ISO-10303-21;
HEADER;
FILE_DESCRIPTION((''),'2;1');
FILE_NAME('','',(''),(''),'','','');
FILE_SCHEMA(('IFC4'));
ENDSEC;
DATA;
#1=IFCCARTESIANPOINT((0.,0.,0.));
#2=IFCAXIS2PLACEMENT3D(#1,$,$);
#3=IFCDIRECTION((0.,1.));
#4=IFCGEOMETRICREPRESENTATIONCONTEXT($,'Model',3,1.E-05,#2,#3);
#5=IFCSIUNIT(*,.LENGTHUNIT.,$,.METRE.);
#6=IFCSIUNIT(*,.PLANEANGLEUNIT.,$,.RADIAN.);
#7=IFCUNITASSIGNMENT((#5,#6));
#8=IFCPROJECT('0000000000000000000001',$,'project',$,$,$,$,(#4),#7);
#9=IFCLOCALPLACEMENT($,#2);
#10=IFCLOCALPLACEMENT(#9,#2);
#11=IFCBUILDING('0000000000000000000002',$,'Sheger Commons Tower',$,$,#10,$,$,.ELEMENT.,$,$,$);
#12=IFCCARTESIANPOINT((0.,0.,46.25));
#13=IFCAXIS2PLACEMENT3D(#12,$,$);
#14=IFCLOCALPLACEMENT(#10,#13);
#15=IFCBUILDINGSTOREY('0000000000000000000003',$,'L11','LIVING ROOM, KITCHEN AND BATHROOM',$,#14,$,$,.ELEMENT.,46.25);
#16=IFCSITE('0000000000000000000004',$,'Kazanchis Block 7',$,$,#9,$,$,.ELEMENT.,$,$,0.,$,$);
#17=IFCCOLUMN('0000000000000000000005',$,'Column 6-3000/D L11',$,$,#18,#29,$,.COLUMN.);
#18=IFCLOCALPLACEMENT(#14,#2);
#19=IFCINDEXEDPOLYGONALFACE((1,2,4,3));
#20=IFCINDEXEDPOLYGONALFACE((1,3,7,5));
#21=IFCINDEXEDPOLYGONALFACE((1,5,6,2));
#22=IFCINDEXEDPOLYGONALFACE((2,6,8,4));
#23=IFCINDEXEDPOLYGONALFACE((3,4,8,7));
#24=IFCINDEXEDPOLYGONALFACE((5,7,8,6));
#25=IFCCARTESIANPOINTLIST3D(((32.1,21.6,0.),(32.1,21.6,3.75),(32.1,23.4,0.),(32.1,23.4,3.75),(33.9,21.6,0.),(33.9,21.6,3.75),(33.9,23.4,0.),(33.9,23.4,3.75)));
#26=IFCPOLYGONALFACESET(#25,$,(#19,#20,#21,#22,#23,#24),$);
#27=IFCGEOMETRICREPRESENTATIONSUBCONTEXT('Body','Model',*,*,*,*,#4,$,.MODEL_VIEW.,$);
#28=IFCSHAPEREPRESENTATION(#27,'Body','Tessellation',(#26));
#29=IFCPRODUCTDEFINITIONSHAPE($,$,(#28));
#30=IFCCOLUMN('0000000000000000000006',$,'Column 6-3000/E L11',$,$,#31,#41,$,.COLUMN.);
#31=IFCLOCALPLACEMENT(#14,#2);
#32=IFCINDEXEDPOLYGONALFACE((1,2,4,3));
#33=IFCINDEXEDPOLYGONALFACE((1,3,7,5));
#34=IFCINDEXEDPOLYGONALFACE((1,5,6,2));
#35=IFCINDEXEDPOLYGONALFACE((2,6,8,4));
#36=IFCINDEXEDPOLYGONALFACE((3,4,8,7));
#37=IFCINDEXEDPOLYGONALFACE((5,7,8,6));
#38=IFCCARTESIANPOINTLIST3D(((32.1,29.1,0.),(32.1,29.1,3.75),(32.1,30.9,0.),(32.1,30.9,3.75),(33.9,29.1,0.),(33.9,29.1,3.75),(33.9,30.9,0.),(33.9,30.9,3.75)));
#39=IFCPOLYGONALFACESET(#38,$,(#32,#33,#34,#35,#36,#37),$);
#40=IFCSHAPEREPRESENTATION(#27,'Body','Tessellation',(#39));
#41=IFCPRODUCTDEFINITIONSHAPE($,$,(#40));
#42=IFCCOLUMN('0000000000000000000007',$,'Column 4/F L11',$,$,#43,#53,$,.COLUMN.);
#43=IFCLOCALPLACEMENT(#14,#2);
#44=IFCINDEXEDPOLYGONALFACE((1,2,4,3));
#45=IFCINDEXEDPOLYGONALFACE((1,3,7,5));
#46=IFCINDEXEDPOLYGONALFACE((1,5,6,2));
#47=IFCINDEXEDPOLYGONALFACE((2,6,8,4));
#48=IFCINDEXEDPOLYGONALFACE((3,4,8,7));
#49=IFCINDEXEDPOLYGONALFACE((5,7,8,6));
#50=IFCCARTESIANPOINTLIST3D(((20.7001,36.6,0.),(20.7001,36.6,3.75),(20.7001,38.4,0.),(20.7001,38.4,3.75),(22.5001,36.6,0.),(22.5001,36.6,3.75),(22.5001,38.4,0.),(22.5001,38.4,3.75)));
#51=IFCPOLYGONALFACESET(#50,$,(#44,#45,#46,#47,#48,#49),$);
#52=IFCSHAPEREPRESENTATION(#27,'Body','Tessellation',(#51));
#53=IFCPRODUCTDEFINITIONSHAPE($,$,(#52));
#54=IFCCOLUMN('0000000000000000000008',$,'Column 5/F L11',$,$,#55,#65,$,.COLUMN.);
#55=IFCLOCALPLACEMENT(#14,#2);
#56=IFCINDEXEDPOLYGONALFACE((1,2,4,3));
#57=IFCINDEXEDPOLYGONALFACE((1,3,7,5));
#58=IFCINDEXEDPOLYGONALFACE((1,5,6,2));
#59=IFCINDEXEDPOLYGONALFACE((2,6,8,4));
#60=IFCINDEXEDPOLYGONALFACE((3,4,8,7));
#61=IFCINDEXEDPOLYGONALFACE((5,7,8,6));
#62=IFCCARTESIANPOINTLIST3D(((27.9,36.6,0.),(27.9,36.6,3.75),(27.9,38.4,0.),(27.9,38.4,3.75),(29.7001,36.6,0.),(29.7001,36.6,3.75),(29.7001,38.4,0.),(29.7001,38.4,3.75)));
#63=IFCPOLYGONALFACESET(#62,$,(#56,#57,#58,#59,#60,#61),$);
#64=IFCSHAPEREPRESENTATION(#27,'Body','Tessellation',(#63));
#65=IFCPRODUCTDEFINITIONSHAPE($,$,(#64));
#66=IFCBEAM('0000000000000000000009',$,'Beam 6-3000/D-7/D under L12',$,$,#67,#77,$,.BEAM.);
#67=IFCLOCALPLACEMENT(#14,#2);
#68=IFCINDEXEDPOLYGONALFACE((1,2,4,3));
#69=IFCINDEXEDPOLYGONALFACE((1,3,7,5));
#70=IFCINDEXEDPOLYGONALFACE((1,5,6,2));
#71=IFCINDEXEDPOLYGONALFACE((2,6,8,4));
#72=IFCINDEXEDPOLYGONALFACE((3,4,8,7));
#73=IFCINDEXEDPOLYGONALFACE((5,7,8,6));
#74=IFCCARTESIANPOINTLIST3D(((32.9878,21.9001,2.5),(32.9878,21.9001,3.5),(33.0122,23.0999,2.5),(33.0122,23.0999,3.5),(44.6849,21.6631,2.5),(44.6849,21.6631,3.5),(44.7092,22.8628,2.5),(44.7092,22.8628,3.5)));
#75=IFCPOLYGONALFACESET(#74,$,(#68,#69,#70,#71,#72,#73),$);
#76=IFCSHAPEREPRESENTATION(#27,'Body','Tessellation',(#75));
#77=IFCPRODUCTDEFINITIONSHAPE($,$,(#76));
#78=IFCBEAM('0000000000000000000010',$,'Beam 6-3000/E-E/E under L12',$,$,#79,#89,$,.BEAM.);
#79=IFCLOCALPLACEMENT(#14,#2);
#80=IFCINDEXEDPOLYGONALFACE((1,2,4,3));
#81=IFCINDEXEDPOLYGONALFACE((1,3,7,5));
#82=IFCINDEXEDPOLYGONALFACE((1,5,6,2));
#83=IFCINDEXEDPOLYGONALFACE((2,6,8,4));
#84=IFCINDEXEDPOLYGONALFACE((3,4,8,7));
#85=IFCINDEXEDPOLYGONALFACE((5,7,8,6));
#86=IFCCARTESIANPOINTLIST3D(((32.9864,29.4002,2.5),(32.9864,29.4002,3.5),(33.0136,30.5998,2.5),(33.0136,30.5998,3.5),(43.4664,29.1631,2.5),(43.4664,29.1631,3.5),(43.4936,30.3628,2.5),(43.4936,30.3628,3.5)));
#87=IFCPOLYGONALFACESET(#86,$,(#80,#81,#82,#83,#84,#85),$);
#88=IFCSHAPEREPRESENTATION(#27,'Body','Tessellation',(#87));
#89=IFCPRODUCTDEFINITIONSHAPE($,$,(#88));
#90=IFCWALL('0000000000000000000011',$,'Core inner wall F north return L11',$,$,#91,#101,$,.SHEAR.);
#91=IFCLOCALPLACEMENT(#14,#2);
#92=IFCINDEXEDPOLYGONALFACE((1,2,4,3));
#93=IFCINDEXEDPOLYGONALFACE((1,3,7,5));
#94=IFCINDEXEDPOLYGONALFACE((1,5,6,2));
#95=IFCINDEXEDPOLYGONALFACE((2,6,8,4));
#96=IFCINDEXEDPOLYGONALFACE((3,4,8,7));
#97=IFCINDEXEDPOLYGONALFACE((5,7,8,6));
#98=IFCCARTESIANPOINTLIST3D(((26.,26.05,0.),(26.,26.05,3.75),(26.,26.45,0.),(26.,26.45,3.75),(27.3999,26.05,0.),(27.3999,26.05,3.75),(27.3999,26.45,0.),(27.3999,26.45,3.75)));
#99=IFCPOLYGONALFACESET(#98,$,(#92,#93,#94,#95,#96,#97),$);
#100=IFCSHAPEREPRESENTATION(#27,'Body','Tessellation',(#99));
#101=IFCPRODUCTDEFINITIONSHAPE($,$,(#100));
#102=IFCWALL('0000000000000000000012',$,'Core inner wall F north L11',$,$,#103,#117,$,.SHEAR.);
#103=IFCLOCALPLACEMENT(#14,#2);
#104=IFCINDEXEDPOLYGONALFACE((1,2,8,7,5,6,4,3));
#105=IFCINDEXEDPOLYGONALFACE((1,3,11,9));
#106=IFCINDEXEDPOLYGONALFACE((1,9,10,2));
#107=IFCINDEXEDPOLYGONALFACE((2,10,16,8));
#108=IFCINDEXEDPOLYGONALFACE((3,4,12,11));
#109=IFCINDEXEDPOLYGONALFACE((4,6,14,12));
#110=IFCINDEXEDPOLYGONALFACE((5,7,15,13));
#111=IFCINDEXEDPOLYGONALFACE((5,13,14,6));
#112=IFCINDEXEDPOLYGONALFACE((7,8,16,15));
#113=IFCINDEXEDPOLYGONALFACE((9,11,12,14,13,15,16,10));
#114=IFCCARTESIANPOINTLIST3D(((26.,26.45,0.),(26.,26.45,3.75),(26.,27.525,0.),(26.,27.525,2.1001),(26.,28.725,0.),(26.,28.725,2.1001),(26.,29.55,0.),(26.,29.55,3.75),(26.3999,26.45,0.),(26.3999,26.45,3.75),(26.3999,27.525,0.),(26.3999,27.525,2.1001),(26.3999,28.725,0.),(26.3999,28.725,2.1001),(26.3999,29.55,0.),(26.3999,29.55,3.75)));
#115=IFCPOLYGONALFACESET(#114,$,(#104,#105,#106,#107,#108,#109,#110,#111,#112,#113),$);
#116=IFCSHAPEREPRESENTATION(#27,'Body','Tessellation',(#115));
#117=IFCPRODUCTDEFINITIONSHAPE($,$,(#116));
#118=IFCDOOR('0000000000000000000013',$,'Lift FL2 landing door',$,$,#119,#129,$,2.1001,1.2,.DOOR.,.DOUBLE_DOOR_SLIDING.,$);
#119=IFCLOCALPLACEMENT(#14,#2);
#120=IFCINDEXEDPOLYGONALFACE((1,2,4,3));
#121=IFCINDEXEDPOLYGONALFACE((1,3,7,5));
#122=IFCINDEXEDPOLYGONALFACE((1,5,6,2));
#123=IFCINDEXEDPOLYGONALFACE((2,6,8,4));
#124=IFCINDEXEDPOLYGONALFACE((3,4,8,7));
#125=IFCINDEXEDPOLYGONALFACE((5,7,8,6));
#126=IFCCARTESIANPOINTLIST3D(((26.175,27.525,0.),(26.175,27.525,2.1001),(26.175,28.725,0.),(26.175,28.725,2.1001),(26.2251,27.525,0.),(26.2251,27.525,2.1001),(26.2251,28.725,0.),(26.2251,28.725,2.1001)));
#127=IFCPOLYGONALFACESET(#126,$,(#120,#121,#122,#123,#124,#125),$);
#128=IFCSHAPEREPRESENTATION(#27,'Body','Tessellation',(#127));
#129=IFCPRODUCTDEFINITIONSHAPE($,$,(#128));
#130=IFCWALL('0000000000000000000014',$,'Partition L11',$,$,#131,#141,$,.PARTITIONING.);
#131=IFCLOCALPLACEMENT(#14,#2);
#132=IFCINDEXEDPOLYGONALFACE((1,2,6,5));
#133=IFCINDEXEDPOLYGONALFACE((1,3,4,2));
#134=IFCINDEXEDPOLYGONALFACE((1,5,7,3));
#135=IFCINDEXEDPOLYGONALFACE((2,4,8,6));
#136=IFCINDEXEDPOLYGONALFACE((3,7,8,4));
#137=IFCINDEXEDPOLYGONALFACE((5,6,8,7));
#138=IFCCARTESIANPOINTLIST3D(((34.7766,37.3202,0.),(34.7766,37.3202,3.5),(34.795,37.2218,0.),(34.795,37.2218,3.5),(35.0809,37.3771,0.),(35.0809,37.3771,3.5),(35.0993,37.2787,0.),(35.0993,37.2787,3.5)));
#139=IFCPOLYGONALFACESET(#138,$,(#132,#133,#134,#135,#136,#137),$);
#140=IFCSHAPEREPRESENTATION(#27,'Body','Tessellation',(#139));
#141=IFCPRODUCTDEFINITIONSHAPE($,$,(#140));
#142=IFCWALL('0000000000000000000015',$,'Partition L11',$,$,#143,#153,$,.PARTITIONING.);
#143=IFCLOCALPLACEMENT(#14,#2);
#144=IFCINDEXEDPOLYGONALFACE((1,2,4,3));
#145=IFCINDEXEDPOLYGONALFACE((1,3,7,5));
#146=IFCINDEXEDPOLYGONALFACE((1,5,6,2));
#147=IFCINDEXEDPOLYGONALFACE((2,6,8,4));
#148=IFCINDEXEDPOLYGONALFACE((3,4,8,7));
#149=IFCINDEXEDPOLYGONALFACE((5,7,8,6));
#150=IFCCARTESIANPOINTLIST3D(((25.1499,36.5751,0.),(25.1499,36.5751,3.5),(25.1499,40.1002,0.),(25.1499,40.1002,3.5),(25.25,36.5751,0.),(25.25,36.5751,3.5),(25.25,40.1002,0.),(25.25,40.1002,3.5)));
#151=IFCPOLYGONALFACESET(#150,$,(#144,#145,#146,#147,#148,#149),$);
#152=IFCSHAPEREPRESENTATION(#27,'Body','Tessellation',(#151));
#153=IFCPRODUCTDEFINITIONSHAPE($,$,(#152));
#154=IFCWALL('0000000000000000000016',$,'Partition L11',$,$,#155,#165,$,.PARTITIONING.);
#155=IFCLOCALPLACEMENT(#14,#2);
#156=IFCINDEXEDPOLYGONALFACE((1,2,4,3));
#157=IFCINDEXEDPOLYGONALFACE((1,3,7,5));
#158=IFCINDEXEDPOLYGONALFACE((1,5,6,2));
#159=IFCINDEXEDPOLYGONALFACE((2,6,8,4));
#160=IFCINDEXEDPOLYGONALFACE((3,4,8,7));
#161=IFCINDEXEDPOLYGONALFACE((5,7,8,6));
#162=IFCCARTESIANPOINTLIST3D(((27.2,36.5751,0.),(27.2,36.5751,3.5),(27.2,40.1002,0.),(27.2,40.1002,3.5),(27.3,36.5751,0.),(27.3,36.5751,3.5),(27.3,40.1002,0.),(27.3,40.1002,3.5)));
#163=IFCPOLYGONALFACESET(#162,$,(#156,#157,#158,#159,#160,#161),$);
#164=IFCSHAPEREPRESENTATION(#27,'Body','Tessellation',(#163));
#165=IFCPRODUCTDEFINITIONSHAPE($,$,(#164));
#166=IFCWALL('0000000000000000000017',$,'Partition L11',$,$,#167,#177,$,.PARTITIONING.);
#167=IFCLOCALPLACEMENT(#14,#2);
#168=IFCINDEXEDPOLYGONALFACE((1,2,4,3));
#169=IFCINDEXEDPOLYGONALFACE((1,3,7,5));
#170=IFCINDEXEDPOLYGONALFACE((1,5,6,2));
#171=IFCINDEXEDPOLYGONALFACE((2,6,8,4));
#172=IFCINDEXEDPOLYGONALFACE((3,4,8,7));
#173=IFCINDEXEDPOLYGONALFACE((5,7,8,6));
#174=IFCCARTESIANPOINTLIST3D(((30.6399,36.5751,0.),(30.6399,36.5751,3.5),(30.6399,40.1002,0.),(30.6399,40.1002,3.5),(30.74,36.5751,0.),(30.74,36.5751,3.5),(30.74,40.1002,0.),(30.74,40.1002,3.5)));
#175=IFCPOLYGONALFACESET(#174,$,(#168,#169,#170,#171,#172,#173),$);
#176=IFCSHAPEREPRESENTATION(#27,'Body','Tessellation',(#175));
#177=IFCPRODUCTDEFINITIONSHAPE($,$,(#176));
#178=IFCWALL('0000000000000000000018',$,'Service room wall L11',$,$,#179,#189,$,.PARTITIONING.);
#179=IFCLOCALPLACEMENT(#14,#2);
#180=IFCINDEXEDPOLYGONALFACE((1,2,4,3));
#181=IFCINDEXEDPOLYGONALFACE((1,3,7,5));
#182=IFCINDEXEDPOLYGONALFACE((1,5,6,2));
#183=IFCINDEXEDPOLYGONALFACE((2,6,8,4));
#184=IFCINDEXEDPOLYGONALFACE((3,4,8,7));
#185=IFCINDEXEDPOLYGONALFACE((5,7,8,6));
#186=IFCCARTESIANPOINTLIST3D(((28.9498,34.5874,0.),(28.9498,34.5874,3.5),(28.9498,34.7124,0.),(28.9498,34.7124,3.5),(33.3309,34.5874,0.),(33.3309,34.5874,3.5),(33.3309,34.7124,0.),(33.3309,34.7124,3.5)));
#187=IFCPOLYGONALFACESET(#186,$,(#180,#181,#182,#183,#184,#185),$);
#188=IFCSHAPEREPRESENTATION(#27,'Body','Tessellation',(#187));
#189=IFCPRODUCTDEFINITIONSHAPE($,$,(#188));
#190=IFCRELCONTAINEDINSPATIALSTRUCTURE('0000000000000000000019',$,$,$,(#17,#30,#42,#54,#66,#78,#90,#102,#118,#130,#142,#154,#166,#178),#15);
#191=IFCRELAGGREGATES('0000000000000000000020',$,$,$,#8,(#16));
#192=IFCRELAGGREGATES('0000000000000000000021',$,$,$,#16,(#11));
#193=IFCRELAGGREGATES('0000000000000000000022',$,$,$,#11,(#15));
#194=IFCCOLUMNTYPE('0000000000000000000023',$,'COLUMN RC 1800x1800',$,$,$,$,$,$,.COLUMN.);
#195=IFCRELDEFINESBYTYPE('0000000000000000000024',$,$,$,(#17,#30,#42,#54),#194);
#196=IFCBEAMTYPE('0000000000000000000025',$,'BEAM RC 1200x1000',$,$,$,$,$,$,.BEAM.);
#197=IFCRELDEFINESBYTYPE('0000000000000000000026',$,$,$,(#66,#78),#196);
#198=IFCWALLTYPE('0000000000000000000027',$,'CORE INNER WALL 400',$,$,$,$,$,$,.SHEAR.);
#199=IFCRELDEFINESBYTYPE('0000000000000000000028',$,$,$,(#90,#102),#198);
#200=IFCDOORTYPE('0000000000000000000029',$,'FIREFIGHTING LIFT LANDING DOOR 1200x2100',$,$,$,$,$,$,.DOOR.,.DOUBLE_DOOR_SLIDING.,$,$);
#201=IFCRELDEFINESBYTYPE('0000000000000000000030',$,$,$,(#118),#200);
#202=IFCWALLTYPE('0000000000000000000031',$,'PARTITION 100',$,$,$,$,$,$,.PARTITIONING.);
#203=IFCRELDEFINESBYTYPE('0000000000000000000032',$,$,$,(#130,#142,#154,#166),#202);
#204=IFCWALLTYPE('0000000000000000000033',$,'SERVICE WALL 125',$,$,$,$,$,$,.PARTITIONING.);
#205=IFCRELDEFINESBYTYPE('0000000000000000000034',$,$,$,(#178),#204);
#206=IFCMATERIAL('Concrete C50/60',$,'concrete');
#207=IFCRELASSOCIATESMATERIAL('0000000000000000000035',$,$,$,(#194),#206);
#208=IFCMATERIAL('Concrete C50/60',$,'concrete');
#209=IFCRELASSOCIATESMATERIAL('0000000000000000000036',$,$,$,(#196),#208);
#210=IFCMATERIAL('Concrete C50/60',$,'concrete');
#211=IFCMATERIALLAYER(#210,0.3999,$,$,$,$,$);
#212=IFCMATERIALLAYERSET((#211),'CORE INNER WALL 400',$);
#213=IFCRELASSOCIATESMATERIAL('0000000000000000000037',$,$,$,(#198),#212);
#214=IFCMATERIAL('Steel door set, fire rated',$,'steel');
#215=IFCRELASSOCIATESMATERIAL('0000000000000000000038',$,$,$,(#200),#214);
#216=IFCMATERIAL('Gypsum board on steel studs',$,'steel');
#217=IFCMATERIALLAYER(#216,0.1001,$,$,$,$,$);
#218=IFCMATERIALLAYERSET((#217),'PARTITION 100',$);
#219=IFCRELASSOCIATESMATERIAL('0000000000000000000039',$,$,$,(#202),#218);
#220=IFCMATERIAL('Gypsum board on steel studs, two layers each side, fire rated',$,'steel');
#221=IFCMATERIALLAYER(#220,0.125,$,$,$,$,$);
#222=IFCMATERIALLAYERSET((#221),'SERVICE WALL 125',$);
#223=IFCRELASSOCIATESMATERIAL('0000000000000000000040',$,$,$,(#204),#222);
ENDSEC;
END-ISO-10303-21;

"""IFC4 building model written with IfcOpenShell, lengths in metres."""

from ifc_helpers import new_model, si_unit, direction, frame, frame_2d, origin, origin_2d, place, context, subcontext, project, spatial, rectangle, extrude, material, layer, layer_set, material_profile, profile_set, type_object, element, fill, save


model = new_model("IFC4")

# Units and contexts
model_context = context("Model", 3, precision=1e-05, world=origin(), true_north=direction((0.0, 1.0)))
body_context = subcontext(model_context, "Body", "Model", "MODEL_VIEW")
ifc_project = project(units=[si_unit("LENGTHUNIT", "METRE"), si_unit("PLANEANGLEUNIT", "RADIAN")], contexts=[model_context])

# Site, building, storey
site_placement = place(None, origin())
site = spatial("IfcSite", under=ifc_project, at=site_placement, Name="Kazanchis Block 7", CompositionType="ELEMENT", RefElevation=0.0)
building_placement = place(site_placement, origin())
building = spatial("IfcBuilding", under=site, at=building_placement, Name="Sheger Commons Tower", CompositionType="ELEMENT")
storey_placement = place(building_placement, frame((0.0, 0.0, 46.25)))
storey = spatial("IfcBuildingStorey", under=building, at=storey_placement, Name="L11", Description="LIVING ROOM, KITCHEN AND BATHROOM", CompositionType="ELEMENT", Elevation=46.25)

# Columns
ifc_material_1 = material(Name="Concrete C50/60", Category="concrete")
ifc_material_profile_1 = material_profile(ifc_material_1, rectangle(XDim=1.8, YDim=1.8, at=origin_2d()), Name="RC 1800x1800")
ifc_profile_set_1 = profile_set([ifc_material_profile_1], Name="Concrete C50/60")
column_type = type_object("IfcColumnType", Name="COLUMN RC 1800x1800", PredefinedType="COLUMN", material=ifc_profile_set_1)
for number, where, z_axis, x_axis, name in (
    (1, (33.0, 22.5, 0.0), (0.0, 0.0, 1.0), (1.0, 0.0, 0.0), "Column 6-3000/D L11"),
    (2, (33.0, 30.0, 0.0), (0.0, 0.0, 1.0), (1.0, 0.0, 0.0), "Column 6-3000/E L11"),
    (3, (21.6001, 37.5, 0.0), (0.0, 0.0, 1.0), (1.0, 0.0, 0.0), "Column 4/F L11"),
    (4, (28.8, 37.5, 0.0), (0.0, 0.0, 1.0), (1.0, 0.0, 0.0), "Column 5/F L11"),
):
    element("IfcColumn", number, at=place(storey_placement, frame(where, z_axis=z_axis, x_axis=x_axis)), inside=storey, type_object=column_type, Name=name, PredefinedType="COLUMN", context=body_context, shape_type="SweptSolid", body=[
        extrude(rectangle(XDim=1.8, YDim=1.8, at=origin_2d()), origin(), (0.0, 0.0, 1.0), 3.75),
    ])

# Beams
ifc_material_2 = material(Name="Concrete C50/60", Category="concrete")
ifc_material_profile_2 = material_profile(ifc_material_2, rectangle(XDim=1.2, YDim=1.0, at=origin_2d()), Name="RC 1200x1000")
ifc_profile_set_2 = profile_set([ifc_material_profile_2], Name="Concrete C50/60")
beam_type = type_object("IfcBeamType", Name="BEAM RC 1200x1000", PredefinedType="BEAM", material=ifc_profile_set_2)
beam_1_placement = place(storey_placement, frame((33.0, 22.5, 3.0), z_axis=(0.999795, -0.020263, 0.0), x_axis=(0.020263, 0.999795, 0.0)))
element("IfcBeam", 5, at=beam_1_placement, inside=storey, type_object=beam_type, Name="Beam 6-3000/D-7/D under L12", PredefinedType="BEAM", context=body_context, shape_type="SweptSolid", body=[
    extrude(rectangle(XDim=1.2, YDim=1.0, at=origin_2d()), origin(), (0.0, 0.0, 1.0), 11.6995),
])
beam_2_placement = place(storey_placement, frame((33.0, 30.0, 3.0), z_axis=(0.999744, -0.022615, 0.0), x_axis=(0.022615, 0.999744, 0.0)))
element("IfcBeam", 6, at=beam_2_placement, inside=storey, type_object=beam_type, Name="Beam 6-3000/E-E/E under L12", PredefinedType="BEAM", context=body_context, shape_type="SweptSolid", body=[
    extrude(rectangle(XDim=1.2, YDim=1.0, at=origin_2d()), origin(), (0.0, 0.0, 1.0), 10.4827),
])

# Wall
ifc_material_3 = material(Name="Concrete C50/60", Category="concrete")
ifc_layer_1 = layer(ifc_material_3, 0.3999)
ifc_layer_set_1 = layer_set([ifc_layer_1], Name="CORE INNER WALL 400")
wall_type_1 = type_object("IfcWallType", Name="CORE INNER WALL 400", PredefinedType="SHEAR", material=ifc_layer_set_1)
wall_1_placement = place(storey_placement, frame((26.0, 26.25, 0.0), z_axis=(0.0, 0.0, 1.0), x_axis=(1.0, 0.0, 0.0)))
element("IfcWall", 7, at=wall_1_placement, inside=storey, type_object=wall_type_1, Name="Core inner wall F north return L11", PredefinedType="SHEAR", context=body_context, shape_type="SweptSolid", body=[
    extrude(rectangle(XDim=1.3999, YDim=0.3999, at=frame_2d((0.7, 0.0))), origin(), (0.0, 0.0, 1.0), 3.75),
])

# Wall, opening, door
wall_2_placement = place(storey_placement, frame((26.2, 26.45, 0.0), z_axis=(0.0, 0.0, 1.0), x_axis=(0.0, 1.0, 0.0)))
wall_2 = element("IfcWall", 8, at=wall_2_placement, inside=storey, type_object=wall_type_1, Name="Core inner wall F north L11", PredefinedType="SHEAR", context=body_context, shape_type="SweptSolid", body=[
    extrude(rectangle(XDim=3.1001, YDim=0.3999, at=frame_2d((1.55, 0.0))), origin(), (0.0, 0.0, 1.0), 3.75),
])
opening_1_placement = place(wall_2_placement, frame((1.075, 0.0, 0.0)))
opening_1 = element("IfcOpeningElement", 9, at=opening_1_placement, cuts=wall_2, PredefinedType="OPENING", context=body_context, shape_type="SweptSolid", body=[
    extrude(rectangle(XDim=1.2, YDim=2.1001, at=frame_2d((0.6001, 1.05))), frame((0.0, 0.21, 0.0), z_axis=(0.0, -1.0, 0.0), x_axis=(1.0, 0.0, 0.0)), (0.0, 0.0, 1.0), 0.4199),
])
ifc_material_4 = material(Name="Steel door set, fire rated", Category="steel")
door_type_1 = type_object("IfcDoorType", Name="FIREFIGHTING LIFT LANDING DOOR 1200x2100", OperationType="DOUBLE_DOOR_SLIDING", PredefinedType="DOOR", material=ifc_material_4)
door_1_placement = place(opening_1_placement, origin())
door_1 = element("IfcDoor", 10, at=door_1_placement, inside=storey, type_object=door_type_1, Name="Lift FL2 landing door", OperationType="DOUBLE_DOOR_SLIDING", OverallHeight=2.1001, OverallWidth=1.2, PredefinedType="DOOR", context=body_context, shape_type="SweptSolid", body=[
    extrude(rectangle(XDim=1.2, YDim=2.1001, at=frame_2d((0.6001, 1.05))), frame((0.0, 0.0249, 0.0), z_axis=(0.0, -1.0, 0.0), x_axis=(1.0, 0.0, 0.0)), (0.0, 0.0, 1.0), 0.05),
])
fill(opening_1, door_1)

# Walls
ifc_material_5 = material(Name="Gypsum board on steel studs", Category="steel")
ifc_layer_2 = layer(ifc_material_5, 0.1001)
ifc_layer_set_2 = layer_set([ifc_layer_2], Name="PARTITION 100")
wall_type_2 = type_object("IfcWallType", Name="PARTITION 100", PredefinedType="PARTITIONING", material=ifc_layer_set_2)
wall_3_placement = place(storey_placement, frame((35.0901, 37.3279, 0.0), z_axis=(0.0, 0.0, 1.0), x_axis=(-0.982961, -0.183812, 0.0)))
element("IfcWall", 11, at=wall_3_placement, inside=storey, type_object=wall_type_2, Name="Partition L11", PredefinedType="PARTITIONING", context=body_context, shape_type="SweptSolid", body=[
    extrude(rectangle(XDim=0.3096, YDim=0.1001, at=frame_2d((0.1548, 0.0))), origin(), (0.0, 0.0, 1.0), 3.5),
])
for number, where, z_axis, x_axis, name in (
    (12, (25.2, 36.575, 0.0), (0.0, 0.0, 1.0), (0.0, 1.0, 0.0), "Partition L11"),
    (13, (27.25, 36.575, 0.0), (0.0, 0.0, 1.0), (0.0, 1.0, 0.0), "Partition L11"),
    (14, (30.6899, 36.575, 0.0), (0.0, 0.0, 1.0), (0.0, 1.0, 0.0), "Partition L11"),
):
    element("IfcWall", number, at=place(storey_placement, frame(where, z_axis=z_axis, x_axis=x_axis)), inside=storey, type_object=wall_type_2, Name=name, PredefinedType="PARTITIONING", context=body_context, shape_type="SweptSolid", body=[
        extrude(rectangle(XDim=3.5251, YDim=0.1001, at=frame_2d((1.7627, 0.0))), origin(), (0.0, 0.0, 1.0), 3.5),
    ])
ifc_material_6 = material(Name="Gypsum board on steel studs, two layers each side, fire rated", Category="steel")
ifc_layer_3 = layer(ifc_material_6, 0.125)
ifc_layer_set_3 = layer_set([ifc_layer_3], Name="SERVICE WALL 125")
wall_type_3 = type_object("IfcWallType", Name="SERVICE WALL 125", PredefinedType="PARTITIONING", material=ifc_layer_set_3)
wall_4_placement = place(storey_placement, frame((28.95, 34.6499, 0.0), z_axis=(0.0, 0.0, 1.0), x_axis=(1.0, 0.0, 0.0)))
element("IfcWall", 15, at=wall_4_placement, inside=storey, type_object=wall_type_3, Name="Service room wall L11", PredefinedType="PARTITIONING", context=body_context, shape_type="SweptSolid", body=[
    extrude(rectangle(XDim=4.3811, YDim=0.125, at=frame_2d((2.1904, 0.0))), origin(), (0.0, 0.0, 1.0), 3.5),
])

save(model, "model.ifc")
